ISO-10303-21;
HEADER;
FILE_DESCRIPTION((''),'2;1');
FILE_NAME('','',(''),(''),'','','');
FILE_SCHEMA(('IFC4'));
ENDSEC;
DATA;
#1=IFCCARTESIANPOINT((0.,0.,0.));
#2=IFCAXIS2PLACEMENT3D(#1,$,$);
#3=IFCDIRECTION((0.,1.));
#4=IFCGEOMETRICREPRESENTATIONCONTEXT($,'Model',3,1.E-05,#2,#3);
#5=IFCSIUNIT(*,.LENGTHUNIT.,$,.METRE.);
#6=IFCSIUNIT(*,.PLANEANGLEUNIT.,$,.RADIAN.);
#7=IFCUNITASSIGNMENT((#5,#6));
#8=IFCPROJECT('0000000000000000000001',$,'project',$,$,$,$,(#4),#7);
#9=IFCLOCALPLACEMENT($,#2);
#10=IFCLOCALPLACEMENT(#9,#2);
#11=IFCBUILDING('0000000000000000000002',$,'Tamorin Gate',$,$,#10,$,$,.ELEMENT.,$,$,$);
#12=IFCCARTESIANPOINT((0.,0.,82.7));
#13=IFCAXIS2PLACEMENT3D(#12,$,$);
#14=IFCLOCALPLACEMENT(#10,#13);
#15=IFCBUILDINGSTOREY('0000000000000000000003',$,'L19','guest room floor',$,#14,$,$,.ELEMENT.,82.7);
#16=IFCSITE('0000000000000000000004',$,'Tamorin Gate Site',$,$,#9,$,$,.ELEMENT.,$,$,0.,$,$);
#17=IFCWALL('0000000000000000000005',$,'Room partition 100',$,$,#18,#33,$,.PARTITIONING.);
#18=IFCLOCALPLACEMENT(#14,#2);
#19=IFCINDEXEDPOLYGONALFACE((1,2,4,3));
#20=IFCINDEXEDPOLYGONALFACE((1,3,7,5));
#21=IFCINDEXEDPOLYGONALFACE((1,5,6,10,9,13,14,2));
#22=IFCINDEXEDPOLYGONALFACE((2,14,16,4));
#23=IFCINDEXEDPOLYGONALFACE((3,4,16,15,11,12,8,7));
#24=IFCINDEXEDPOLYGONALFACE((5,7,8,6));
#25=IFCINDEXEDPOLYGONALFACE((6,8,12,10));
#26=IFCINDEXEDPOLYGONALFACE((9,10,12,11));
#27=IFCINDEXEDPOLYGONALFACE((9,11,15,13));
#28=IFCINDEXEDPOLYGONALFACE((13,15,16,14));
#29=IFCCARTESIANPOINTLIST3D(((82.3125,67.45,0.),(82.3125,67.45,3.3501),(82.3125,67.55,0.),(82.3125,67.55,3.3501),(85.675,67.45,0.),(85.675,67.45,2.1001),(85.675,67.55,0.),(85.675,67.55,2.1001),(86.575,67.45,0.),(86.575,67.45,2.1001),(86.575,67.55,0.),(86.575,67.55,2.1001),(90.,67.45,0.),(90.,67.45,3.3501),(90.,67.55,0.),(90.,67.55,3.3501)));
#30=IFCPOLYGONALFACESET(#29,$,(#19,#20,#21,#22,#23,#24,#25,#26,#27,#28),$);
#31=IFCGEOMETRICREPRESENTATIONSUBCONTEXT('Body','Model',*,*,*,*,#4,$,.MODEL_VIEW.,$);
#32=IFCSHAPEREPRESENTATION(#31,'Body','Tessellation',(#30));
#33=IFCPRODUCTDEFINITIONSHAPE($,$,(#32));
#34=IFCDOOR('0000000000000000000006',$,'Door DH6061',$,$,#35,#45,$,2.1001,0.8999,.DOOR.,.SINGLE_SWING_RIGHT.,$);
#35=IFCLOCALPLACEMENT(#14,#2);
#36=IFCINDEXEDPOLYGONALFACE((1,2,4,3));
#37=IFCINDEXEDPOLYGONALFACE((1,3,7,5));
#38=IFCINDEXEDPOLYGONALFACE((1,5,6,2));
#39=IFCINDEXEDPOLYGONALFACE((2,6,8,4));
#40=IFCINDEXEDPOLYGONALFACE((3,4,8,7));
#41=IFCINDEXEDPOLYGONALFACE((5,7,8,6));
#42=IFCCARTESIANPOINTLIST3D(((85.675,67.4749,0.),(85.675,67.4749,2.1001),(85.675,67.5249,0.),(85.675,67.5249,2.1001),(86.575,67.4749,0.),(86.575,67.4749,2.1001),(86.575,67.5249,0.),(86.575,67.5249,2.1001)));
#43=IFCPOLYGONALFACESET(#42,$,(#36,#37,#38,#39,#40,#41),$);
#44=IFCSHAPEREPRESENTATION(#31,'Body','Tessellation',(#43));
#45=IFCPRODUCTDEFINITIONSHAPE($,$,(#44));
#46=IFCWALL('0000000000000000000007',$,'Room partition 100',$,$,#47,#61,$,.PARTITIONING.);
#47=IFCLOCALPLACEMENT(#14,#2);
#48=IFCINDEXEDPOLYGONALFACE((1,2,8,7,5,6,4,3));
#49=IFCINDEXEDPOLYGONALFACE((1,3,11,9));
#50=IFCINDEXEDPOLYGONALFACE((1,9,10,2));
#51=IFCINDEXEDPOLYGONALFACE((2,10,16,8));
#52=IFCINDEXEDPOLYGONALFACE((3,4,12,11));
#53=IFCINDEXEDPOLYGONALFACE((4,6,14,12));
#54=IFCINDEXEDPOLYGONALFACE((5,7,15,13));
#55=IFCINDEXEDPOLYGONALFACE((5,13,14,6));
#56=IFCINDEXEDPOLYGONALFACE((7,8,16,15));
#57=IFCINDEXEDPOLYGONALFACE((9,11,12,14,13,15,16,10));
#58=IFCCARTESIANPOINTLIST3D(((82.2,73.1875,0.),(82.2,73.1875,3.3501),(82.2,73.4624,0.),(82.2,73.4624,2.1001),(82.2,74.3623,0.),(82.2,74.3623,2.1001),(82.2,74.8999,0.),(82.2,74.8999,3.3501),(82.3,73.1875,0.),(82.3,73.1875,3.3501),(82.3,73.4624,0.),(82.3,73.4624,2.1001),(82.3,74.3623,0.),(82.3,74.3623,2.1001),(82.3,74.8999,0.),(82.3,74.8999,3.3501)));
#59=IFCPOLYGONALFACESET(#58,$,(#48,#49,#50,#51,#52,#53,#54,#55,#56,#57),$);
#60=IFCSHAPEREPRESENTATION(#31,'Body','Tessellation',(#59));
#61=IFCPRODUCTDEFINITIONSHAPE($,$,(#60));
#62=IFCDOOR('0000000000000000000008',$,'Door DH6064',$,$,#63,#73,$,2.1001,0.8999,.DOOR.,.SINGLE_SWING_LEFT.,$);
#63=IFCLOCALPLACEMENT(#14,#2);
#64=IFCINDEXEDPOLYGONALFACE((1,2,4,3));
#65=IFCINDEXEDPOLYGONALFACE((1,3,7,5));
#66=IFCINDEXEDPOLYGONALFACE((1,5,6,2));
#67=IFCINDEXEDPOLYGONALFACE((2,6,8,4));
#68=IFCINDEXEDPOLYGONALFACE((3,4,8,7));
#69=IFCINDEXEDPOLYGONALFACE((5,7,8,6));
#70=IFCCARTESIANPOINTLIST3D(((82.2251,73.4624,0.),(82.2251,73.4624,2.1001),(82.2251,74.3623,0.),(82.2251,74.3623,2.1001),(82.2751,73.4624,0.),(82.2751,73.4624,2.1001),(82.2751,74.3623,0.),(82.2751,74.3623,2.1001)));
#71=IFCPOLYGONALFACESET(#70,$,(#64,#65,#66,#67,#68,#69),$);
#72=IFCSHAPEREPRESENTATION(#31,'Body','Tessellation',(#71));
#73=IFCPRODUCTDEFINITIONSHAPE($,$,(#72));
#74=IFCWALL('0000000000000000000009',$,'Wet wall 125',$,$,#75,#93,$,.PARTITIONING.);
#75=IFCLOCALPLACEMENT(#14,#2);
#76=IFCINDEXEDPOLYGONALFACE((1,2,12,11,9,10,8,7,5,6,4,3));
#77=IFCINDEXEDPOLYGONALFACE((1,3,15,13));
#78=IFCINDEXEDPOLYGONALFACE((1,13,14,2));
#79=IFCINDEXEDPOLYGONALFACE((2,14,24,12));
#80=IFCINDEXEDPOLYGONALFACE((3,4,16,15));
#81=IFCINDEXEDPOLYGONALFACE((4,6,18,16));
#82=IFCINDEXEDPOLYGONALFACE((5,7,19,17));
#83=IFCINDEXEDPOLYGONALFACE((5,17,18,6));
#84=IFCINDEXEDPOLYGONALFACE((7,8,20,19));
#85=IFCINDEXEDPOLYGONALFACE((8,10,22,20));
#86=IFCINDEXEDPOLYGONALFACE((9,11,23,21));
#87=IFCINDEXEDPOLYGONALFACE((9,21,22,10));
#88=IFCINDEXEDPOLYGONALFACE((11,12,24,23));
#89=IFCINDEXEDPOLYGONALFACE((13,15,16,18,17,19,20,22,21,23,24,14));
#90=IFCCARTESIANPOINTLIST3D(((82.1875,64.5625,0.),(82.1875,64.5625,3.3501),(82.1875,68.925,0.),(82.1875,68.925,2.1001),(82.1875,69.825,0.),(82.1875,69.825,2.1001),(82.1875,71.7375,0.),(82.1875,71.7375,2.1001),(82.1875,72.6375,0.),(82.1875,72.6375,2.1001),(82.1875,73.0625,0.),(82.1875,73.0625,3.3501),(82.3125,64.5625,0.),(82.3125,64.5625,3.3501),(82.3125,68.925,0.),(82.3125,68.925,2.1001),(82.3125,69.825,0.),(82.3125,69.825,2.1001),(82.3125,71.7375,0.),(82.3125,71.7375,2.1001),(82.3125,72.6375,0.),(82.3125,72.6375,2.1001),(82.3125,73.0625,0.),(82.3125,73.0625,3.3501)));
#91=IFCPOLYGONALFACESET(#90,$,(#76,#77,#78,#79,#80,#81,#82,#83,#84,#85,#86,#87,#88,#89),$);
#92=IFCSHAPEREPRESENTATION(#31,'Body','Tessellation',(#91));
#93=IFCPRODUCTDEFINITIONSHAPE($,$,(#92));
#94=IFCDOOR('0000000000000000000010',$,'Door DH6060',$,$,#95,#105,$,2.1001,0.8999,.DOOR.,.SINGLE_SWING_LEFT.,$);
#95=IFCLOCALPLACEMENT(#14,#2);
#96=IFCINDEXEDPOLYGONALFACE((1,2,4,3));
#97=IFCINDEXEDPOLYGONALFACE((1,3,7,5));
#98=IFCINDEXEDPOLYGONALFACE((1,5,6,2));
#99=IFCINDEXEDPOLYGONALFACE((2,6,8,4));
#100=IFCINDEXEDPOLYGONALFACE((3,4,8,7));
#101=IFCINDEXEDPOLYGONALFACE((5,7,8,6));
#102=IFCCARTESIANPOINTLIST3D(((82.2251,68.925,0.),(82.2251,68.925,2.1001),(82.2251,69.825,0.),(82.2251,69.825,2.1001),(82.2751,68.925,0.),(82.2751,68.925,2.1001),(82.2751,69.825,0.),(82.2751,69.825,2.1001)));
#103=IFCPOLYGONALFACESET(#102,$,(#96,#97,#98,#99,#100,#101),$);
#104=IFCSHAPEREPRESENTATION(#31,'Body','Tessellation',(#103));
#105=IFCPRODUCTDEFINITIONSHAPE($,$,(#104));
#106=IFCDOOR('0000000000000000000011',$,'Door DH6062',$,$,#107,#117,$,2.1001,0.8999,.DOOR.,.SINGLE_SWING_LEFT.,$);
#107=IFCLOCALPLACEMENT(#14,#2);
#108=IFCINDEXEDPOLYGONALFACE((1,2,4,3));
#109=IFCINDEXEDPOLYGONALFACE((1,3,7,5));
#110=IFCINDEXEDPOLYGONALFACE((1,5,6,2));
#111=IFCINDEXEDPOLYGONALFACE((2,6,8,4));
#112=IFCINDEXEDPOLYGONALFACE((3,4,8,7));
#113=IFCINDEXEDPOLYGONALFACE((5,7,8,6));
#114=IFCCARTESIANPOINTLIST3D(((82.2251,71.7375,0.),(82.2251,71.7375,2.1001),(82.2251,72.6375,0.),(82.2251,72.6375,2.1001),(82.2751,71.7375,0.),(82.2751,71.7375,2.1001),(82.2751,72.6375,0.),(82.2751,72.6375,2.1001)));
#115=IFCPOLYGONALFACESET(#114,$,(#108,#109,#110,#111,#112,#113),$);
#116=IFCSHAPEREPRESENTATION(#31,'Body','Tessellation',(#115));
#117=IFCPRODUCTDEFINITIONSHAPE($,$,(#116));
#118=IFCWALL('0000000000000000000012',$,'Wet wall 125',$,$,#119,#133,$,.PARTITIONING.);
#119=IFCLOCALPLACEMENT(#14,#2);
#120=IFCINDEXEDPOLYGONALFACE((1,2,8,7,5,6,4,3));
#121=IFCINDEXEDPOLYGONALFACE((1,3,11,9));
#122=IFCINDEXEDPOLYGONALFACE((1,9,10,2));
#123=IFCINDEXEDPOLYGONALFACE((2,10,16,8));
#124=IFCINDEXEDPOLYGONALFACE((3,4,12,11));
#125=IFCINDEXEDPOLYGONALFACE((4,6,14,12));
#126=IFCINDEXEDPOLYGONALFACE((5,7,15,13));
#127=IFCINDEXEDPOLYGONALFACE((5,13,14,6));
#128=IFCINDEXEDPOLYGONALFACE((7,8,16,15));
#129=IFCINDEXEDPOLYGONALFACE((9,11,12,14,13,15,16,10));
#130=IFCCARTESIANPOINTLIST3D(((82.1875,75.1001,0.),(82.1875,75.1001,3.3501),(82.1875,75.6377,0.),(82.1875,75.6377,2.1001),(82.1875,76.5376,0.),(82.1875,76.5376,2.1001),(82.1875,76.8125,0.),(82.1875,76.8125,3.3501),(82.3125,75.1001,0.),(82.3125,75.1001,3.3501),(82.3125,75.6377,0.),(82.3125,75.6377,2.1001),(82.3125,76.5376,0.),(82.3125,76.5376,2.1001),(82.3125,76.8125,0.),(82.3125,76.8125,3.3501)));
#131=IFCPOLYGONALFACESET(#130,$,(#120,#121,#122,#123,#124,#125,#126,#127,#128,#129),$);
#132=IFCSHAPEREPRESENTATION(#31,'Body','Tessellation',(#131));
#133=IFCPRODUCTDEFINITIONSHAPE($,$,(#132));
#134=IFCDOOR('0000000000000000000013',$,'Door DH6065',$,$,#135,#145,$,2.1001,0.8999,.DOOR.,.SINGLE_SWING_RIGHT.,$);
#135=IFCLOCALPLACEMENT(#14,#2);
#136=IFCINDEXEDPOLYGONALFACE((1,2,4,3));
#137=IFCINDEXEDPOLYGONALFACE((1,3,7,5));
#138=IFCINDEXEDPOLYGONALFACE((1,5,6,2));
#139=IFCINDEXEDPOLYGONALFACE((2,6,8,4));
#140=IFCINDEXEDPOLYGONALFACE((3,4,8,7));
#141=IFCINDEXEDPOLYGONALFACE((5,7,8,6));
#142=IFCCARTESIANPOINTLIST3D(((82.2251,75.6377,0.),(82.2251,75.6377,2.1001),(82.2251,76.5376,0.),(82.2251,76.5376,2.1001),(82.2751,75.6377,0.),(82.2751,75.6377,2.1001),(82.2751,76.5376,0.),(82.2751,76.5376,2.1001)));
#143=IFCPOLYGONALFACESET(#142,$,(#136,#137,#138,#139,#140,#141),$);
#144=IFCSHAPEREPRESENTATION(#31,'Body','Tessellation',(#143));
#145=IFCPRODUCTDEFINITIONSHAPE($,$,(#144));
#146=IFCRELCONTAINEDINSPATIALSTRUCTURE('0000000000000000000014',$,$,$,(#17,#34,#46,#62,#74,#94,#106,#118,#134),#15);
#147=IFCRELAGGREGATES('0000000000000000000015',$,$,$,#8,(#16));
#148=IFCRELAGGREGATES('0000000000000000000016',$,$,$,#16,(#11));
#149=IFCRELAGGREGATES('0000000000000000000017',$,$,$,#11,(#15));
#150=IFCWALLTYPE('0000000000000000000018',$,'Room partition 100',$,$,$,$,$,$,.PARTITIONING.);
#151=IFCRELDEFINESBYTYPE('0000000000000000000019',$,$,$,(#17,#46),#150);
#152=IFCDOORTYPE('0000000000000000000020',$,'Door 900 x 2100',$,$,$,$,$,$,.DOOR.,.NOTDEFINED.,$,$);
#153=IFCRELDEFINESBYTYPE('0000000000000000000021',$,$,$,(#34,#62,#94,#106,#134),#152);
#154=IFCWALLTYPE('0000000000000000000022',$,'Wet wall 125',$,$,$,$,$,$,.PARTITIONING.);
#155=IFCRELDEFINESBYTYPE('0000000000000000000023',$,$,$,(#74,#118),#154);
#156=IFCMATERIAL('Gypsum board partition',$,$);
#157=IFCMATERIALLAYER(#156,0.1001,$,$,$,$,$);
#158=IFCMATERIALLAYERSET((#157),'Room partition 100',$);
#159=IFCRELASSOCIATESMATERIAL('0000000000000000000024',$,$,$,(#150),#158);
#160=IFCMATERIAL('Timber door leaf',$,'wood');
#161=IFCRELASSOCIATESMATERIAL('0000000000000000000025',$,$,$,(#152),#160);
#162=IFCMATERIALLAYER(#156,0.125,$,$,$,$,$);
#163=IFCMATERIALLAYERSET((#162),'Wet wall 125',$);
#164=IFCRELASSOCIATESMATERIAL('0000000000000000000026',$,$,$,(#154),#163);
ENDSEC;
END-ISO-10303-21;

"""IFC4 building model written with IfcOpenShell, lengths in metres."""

from ifc_helpers import new_model, si_unit, direction, frame, frame_2d, origin, place, context, subcontext, project, spatial, rectangle, extrude, material, layer, layer_set, type_object, element, fill, save


model = new_model("IFC4")

# Units and contexts
model_context = context("Model", 3, precision=1e-05, world=origin(), true_north=direction((0.0, 1.0)))
body_context = subcontext(model_context, "Body", "Model", "MODEL_VIEW")
ifc_project = project(units=[si_unit("LENGTHUNIT", "METRE"), si_unit("PLANEANGLEUNIT", "RADIAN")], contexts=[model_context])

# Site, building, storey
site_placement = place(None, origin())
site = spatial("IfcSite", under=ifc_project, at=site_placement, Name="Tamorin Gate Site", CompositionType="ELEMENT", RefElevation=0.0)
building_placement = place(site_placement, origin())
building = spatial("IfcBuilding", under=site, at=building_placement, Name="Tamorin Gate", CompositionType="ELEMENT")
storey_placement = place(building_placement, frame((0.0, 0.0, 82.7)))
storey = spatial("IfcBuildingStorey", under=building, at=storey_placement, Name="L19", Description="guest room floor", CompositionType="ELEMENT", Elevation=82.7)

# Walls, openings, doors
ifc_material_1 = material(Name="Gypsum board partition")
ifc_layer_1 = layer(ifc_material_1, 0.1001)
ifc_layer_set_1 = layer_set([ifc_layer_1], Name="Room partition 100")
wall_type_1 = type_object("IfcWallType", Name="Room partition 100", PredefinedType="PARTITIONING", material=ifc_layer_set_1)
wall_1_placement = place(storey_placement, frame((82.3125, 67.5, 0.0), z_axis=(0.0, 0.0, 1.0), x_axis=(1.0, 0.0, 0.0)))
wall_1 = element("IfcWall", 1, at=wall_1_placement, inside=storey, type_object=wall_type_1, Name="Room partition 100", PredefinedType="PARTITIONING", context=body_context, shape_type="SweptSolid", body=[
    extrude(rectangle(XDim=7.6875, YDim=0.1001, at=frame_2d((3.8438, 0.0))), origin(), (0.0, 0.0, 1.0), 3.3501),
])
opening_1_placement = place(wall_1_placement, frame((3.3625, 0.0, 0.0)))
opening_1 = element("IfcOpeningElement", 2, at=opening_1_placement, cuts=wall_1, PredefinedType="OPENING", context=body_context, shape_type="SweptSolid", body=[
    extrude(rectangle(XDim=0.8999, YDim=2.1001, at=frame_2d((0.45, 1.05))), frame((0.0, 0.0601, 0.0), z_axis=(0.0, -1.0, 0.0), x_axis=(1.0, 0.0, 0.0)), (0.0, 0.0, 1.0), 0.1201),
])
ifc_material_2 = material(Name="Timber door leaf", Category="wood")
door_type = type_object("IfcDoorType", Name="Door 900 x 2100", OperationType="NOTDEFINED", PredefinedType="DOOR", material=ifc_material_2)
door_1_placement = place(opening_1_placement, origin())
door_1 = element("IfcDoor", 3, at=door_1_placement, inside=storey, type_object=door_type, Name="Door DH6061", OperationType="SINGLE_SWING_RIGHT", OverallHeight=2.1001, OverallWidth=0.8999, PredefinedType="DOOR", context=body_context, shape_type="SweptSolid", body=[
    extrude(rectangle(XDim=0.8999, YDim=2.1001, at=frame_2d((0.45, 1.05))), frame((0.0, 0.0249, 0.0), z_axis=(0.0, -1.0, 0.0), x_axis=(1.0, 0.0, 0.0)), (0.0, 0.0, 1.0), 0.05),
])
fill(opening_1, door_1)
wall_2_placement = place(storey_placement, frame((82.25, 73.1875, 0.0), z_axis=(0.0, 0.0, 1.0), x_axis=(0.0, 1.0, 0.0)))
wall_2 = element("IfcWall", 4, at=wall_2_placement, inside=storey, type_object=wall_type_1, Name="Room partition 100", PredefinedType="PARTITIONING", context=body_context, shape_type="SweptSolid", body=[
    extrude(rectangle(XDim=1.7124, YDim=0.1001, at=frame_2d((0.8562, 0.0))), origin(), (0.0, 0.0, 1.0), 3.3501),
])
opening_2_placement = place(wall_2_placement, frame((0.2749, 0.0, 0.0)))
opening_2 = element("IfcOpeningElement", 5, at=opening_2_placement, cuts=wall_2, PredefinedType="OPENING", context=body_context, shape_type="SweptSolid", body=[
    extrude(rectangle(XDim=0.8999, YDim=2.1001, at=frame_2d((0.45, 1.05))), frame((0.0, 0.0601, 0.0), z_axis=(0.0, -1.0, 0.0), x_axis=(1.0, 0.0, 0.0)), (0.0, 0.0, 1.0), 0.1201),
])
door_2_placement = place(opening_2_placement, origin())
door_2 = element("IfcDoor", 6, at=door_2_placement, inside=storey, type_object=door_type, Name="Door DH6064", OperationType="SINGLE_SWING_LEFT", OverallHeight=2.1001, OverallWidth=0.8999, PredefinedType="DOOR", context=body_context, shape_type="SweptSolid", body=[
    extrude(rectangle(XDim=0.8999, YDim=2.1001, at=frame_2d((0.45, 1.05))), frame((0.0, 0.0249, 0.0), z_axis=(0.0, -1.0, 0.0), x_axis=(1.0, 0.0, 0.0)), (0.0, 0.0, 1.0), 0.05),
])
fill(opening_2, door_2)

# Wall, openings, doors
ifc_layer_2 = layer(ifc_material_1, 0.125)
ifc_layer_set_2 = layer_set([ifc_layer_2], Name="Wet wall 125")
wall_type_2 = type_object("IfcWallType", Name="Wet wall 125", PredefinedType="PARTITIONING", material=ifc_layer_set_2)
wall_3_placement = place(storey_placement, frame((82.25, 64.5625, 0.0), z_axis=(0.0, 0.0, 1.0), x_axis=(0.0, 1.0, 0.0)))
wall_3 = element("IfcWall", 7, at=wall_3_placement, inside=storey, type_object=wall_type_2, Name="Wet wall 125", PredefinedType="PARTITIONING", context=body_context, shape_type="SweptSolid", body=[
    extrude(rectangle(XDim=8.5, YDim=0.125, at=frame_2d((4.25, 0.0))), origin(), (0.0, 0.0, 1.0), 3.3501),
])
opening_3_placement = place(wall_3_placement, frame((4.3625, 0.0, 0.0)))
opening_3 = element("IfcOpeningElement", 8, at=opening_3_placement, cuts=wall_3, PredefinedType="OPENING", context=body_context, shape_type="SweptSolid", body=[
    extrude(rectangle(XDim=0.8999, YDim=2.1001, at=frame_2d((0.45, 1.05))), frame((0.0, 0.0725, 0.0), z_axis=(0.0, -1.0, 0.0), x_axis=(1.0, 0.0, 0.0)), (0.0, 0.0, 1.0), 0.145),
])
opening_4_placement = place(wall_3_placement, frame((7.175, 0.0, 0.0)))
opening_4 = element("IfcOpeningElement", 9, at=opening_4_placement, cuts=wall_3, PredefinedType="OPENING", context=body_context, shape_type="SweptSolid", body=[
    extrude(rectangle(XDim=0.8999, YDim=2.1001, at=frame_2d((0.45, 1.05))), frame((0.0, 0.0725, 0.0), z_axis=(0.0, -1.0, 0.0), x_axis=(1.0, 0.0, 0.0)), (0.0, 0.0, 1.0), 0.145),
])
door_3_placement = place(opening_3_placement, origin())
door_3 = element("IfcDoor", 10, at=door_3_placement, inside=storey, type_object=door_type, Name="Door DH6060", OperationType="SINGLE_SWING_LEFT", OverallHeight=2.1001, OverallWidth=0.8999, PredefinedType="DOOR", context=body_context, shape_type="SweptSolid", body=[
    extrude(rectangle(XDim=0.8999, YDim=2.1001, at=frame_2d((0.45, 1.05))), frame((0.0, 0.0249, 0.0), z_axis=(0.0, -1.0, 0.0), x_axis=(1.0, 0.0, 0.0)), (0.0, 0.0, 1.0), 0.05),
])
fill(opening_3, door_3)
door_4_placement = place(opening_4_placement, origin())
door_4 = element("IfcDoor", 11, at=door_4_placement, inside=storey, type_object=door_type, Name="Door DH6062", OperationType="SINGLE_SWING_LEFT", OverallHeight=2.1001, OverallWidth=0.8999, PredefinedType="DOOR", context=body_context, shape_type="SweptSolid", body=[
    extrude(rectangle(XDim=0.8999, YDim=2.1001, at=frame_2d((0.45, 1.05))), frame((0.0, 0.0249, 0.0), z_axis=(0.0, -1.0, 0.0), x_axis=(1.0, 0.0, 0.0)), (0.0, 0.0, 1.0), 0.05),
])
fill(opening_4, door_4)

# Wall, opening, door
wall_4_placement = place(storey_placement, frame((82.25, 75.1001, 0.0), z_axis=(0.0, 0.0, 1.0), x_axis=(0.0, 1.0, 0.0)))
wall_4 = element("IfcWall", 12, at=wall_4_placement, inside=storey, type_object=wall_type_2, Name="Wet wall 125", PredefinedType="PARTITIONING", context=body_context, shape_type="SweptSolid", body=[
    extrude(rectangle(XDim=1.7124, YDim=0.125, at=frame_2d((0.8562, 0.0))), origin(), (0.0, 0.0, 1.0), 3.3501),
])
opening_5_placement = place(wall_4_placement, frame((0.5376, 0.0, 0.0)))
opening_5 = element("IfcOpeningElement", 13, at=opening_5_placement, cuts=wall_4, PredefinedType="OPENING", context=body_context, shape_type="SweptSolid", body=[
    extrude(rectangle(XDim=0.8999, YDim=2.1001, at=frame_2d((0.45, 1.05))), frame((0.0, 0.0725, 0.0), z_axis=(0.0, -1.0, 0.0), x_axis=(1.0, 0.0, 0.0)), (0.0, 0.0, 1.0), 0.145),
])
door_5_placement = place(opening_5_placement, origin())
door_5 = element("IfcDoor", 14, at=door_5_placement, inside=storey, type_object=door_type, Name="Door DH6065", OperationType="SINGLE_SWING_RIGHT", OverallHeight=2.1001, OverallWidth=0.8999, PredefinedType="DOOR", context=body_context, shape_type="SweptSolid", body=[
    extrude(rectangle(XDim=0.8999, YDim=2.1001, at=frame_2d((0.45, 1.05))), frame((0.0, 0.0249, 0.0), z_axis=(0.0, -1.0, 0.0), x_axis=(1.0, 0.0, 0.0)), (0.0, 0.0, 1.0), 0.05),
])
fill(opening_5, door_5)

save(model, "model.ifc")
